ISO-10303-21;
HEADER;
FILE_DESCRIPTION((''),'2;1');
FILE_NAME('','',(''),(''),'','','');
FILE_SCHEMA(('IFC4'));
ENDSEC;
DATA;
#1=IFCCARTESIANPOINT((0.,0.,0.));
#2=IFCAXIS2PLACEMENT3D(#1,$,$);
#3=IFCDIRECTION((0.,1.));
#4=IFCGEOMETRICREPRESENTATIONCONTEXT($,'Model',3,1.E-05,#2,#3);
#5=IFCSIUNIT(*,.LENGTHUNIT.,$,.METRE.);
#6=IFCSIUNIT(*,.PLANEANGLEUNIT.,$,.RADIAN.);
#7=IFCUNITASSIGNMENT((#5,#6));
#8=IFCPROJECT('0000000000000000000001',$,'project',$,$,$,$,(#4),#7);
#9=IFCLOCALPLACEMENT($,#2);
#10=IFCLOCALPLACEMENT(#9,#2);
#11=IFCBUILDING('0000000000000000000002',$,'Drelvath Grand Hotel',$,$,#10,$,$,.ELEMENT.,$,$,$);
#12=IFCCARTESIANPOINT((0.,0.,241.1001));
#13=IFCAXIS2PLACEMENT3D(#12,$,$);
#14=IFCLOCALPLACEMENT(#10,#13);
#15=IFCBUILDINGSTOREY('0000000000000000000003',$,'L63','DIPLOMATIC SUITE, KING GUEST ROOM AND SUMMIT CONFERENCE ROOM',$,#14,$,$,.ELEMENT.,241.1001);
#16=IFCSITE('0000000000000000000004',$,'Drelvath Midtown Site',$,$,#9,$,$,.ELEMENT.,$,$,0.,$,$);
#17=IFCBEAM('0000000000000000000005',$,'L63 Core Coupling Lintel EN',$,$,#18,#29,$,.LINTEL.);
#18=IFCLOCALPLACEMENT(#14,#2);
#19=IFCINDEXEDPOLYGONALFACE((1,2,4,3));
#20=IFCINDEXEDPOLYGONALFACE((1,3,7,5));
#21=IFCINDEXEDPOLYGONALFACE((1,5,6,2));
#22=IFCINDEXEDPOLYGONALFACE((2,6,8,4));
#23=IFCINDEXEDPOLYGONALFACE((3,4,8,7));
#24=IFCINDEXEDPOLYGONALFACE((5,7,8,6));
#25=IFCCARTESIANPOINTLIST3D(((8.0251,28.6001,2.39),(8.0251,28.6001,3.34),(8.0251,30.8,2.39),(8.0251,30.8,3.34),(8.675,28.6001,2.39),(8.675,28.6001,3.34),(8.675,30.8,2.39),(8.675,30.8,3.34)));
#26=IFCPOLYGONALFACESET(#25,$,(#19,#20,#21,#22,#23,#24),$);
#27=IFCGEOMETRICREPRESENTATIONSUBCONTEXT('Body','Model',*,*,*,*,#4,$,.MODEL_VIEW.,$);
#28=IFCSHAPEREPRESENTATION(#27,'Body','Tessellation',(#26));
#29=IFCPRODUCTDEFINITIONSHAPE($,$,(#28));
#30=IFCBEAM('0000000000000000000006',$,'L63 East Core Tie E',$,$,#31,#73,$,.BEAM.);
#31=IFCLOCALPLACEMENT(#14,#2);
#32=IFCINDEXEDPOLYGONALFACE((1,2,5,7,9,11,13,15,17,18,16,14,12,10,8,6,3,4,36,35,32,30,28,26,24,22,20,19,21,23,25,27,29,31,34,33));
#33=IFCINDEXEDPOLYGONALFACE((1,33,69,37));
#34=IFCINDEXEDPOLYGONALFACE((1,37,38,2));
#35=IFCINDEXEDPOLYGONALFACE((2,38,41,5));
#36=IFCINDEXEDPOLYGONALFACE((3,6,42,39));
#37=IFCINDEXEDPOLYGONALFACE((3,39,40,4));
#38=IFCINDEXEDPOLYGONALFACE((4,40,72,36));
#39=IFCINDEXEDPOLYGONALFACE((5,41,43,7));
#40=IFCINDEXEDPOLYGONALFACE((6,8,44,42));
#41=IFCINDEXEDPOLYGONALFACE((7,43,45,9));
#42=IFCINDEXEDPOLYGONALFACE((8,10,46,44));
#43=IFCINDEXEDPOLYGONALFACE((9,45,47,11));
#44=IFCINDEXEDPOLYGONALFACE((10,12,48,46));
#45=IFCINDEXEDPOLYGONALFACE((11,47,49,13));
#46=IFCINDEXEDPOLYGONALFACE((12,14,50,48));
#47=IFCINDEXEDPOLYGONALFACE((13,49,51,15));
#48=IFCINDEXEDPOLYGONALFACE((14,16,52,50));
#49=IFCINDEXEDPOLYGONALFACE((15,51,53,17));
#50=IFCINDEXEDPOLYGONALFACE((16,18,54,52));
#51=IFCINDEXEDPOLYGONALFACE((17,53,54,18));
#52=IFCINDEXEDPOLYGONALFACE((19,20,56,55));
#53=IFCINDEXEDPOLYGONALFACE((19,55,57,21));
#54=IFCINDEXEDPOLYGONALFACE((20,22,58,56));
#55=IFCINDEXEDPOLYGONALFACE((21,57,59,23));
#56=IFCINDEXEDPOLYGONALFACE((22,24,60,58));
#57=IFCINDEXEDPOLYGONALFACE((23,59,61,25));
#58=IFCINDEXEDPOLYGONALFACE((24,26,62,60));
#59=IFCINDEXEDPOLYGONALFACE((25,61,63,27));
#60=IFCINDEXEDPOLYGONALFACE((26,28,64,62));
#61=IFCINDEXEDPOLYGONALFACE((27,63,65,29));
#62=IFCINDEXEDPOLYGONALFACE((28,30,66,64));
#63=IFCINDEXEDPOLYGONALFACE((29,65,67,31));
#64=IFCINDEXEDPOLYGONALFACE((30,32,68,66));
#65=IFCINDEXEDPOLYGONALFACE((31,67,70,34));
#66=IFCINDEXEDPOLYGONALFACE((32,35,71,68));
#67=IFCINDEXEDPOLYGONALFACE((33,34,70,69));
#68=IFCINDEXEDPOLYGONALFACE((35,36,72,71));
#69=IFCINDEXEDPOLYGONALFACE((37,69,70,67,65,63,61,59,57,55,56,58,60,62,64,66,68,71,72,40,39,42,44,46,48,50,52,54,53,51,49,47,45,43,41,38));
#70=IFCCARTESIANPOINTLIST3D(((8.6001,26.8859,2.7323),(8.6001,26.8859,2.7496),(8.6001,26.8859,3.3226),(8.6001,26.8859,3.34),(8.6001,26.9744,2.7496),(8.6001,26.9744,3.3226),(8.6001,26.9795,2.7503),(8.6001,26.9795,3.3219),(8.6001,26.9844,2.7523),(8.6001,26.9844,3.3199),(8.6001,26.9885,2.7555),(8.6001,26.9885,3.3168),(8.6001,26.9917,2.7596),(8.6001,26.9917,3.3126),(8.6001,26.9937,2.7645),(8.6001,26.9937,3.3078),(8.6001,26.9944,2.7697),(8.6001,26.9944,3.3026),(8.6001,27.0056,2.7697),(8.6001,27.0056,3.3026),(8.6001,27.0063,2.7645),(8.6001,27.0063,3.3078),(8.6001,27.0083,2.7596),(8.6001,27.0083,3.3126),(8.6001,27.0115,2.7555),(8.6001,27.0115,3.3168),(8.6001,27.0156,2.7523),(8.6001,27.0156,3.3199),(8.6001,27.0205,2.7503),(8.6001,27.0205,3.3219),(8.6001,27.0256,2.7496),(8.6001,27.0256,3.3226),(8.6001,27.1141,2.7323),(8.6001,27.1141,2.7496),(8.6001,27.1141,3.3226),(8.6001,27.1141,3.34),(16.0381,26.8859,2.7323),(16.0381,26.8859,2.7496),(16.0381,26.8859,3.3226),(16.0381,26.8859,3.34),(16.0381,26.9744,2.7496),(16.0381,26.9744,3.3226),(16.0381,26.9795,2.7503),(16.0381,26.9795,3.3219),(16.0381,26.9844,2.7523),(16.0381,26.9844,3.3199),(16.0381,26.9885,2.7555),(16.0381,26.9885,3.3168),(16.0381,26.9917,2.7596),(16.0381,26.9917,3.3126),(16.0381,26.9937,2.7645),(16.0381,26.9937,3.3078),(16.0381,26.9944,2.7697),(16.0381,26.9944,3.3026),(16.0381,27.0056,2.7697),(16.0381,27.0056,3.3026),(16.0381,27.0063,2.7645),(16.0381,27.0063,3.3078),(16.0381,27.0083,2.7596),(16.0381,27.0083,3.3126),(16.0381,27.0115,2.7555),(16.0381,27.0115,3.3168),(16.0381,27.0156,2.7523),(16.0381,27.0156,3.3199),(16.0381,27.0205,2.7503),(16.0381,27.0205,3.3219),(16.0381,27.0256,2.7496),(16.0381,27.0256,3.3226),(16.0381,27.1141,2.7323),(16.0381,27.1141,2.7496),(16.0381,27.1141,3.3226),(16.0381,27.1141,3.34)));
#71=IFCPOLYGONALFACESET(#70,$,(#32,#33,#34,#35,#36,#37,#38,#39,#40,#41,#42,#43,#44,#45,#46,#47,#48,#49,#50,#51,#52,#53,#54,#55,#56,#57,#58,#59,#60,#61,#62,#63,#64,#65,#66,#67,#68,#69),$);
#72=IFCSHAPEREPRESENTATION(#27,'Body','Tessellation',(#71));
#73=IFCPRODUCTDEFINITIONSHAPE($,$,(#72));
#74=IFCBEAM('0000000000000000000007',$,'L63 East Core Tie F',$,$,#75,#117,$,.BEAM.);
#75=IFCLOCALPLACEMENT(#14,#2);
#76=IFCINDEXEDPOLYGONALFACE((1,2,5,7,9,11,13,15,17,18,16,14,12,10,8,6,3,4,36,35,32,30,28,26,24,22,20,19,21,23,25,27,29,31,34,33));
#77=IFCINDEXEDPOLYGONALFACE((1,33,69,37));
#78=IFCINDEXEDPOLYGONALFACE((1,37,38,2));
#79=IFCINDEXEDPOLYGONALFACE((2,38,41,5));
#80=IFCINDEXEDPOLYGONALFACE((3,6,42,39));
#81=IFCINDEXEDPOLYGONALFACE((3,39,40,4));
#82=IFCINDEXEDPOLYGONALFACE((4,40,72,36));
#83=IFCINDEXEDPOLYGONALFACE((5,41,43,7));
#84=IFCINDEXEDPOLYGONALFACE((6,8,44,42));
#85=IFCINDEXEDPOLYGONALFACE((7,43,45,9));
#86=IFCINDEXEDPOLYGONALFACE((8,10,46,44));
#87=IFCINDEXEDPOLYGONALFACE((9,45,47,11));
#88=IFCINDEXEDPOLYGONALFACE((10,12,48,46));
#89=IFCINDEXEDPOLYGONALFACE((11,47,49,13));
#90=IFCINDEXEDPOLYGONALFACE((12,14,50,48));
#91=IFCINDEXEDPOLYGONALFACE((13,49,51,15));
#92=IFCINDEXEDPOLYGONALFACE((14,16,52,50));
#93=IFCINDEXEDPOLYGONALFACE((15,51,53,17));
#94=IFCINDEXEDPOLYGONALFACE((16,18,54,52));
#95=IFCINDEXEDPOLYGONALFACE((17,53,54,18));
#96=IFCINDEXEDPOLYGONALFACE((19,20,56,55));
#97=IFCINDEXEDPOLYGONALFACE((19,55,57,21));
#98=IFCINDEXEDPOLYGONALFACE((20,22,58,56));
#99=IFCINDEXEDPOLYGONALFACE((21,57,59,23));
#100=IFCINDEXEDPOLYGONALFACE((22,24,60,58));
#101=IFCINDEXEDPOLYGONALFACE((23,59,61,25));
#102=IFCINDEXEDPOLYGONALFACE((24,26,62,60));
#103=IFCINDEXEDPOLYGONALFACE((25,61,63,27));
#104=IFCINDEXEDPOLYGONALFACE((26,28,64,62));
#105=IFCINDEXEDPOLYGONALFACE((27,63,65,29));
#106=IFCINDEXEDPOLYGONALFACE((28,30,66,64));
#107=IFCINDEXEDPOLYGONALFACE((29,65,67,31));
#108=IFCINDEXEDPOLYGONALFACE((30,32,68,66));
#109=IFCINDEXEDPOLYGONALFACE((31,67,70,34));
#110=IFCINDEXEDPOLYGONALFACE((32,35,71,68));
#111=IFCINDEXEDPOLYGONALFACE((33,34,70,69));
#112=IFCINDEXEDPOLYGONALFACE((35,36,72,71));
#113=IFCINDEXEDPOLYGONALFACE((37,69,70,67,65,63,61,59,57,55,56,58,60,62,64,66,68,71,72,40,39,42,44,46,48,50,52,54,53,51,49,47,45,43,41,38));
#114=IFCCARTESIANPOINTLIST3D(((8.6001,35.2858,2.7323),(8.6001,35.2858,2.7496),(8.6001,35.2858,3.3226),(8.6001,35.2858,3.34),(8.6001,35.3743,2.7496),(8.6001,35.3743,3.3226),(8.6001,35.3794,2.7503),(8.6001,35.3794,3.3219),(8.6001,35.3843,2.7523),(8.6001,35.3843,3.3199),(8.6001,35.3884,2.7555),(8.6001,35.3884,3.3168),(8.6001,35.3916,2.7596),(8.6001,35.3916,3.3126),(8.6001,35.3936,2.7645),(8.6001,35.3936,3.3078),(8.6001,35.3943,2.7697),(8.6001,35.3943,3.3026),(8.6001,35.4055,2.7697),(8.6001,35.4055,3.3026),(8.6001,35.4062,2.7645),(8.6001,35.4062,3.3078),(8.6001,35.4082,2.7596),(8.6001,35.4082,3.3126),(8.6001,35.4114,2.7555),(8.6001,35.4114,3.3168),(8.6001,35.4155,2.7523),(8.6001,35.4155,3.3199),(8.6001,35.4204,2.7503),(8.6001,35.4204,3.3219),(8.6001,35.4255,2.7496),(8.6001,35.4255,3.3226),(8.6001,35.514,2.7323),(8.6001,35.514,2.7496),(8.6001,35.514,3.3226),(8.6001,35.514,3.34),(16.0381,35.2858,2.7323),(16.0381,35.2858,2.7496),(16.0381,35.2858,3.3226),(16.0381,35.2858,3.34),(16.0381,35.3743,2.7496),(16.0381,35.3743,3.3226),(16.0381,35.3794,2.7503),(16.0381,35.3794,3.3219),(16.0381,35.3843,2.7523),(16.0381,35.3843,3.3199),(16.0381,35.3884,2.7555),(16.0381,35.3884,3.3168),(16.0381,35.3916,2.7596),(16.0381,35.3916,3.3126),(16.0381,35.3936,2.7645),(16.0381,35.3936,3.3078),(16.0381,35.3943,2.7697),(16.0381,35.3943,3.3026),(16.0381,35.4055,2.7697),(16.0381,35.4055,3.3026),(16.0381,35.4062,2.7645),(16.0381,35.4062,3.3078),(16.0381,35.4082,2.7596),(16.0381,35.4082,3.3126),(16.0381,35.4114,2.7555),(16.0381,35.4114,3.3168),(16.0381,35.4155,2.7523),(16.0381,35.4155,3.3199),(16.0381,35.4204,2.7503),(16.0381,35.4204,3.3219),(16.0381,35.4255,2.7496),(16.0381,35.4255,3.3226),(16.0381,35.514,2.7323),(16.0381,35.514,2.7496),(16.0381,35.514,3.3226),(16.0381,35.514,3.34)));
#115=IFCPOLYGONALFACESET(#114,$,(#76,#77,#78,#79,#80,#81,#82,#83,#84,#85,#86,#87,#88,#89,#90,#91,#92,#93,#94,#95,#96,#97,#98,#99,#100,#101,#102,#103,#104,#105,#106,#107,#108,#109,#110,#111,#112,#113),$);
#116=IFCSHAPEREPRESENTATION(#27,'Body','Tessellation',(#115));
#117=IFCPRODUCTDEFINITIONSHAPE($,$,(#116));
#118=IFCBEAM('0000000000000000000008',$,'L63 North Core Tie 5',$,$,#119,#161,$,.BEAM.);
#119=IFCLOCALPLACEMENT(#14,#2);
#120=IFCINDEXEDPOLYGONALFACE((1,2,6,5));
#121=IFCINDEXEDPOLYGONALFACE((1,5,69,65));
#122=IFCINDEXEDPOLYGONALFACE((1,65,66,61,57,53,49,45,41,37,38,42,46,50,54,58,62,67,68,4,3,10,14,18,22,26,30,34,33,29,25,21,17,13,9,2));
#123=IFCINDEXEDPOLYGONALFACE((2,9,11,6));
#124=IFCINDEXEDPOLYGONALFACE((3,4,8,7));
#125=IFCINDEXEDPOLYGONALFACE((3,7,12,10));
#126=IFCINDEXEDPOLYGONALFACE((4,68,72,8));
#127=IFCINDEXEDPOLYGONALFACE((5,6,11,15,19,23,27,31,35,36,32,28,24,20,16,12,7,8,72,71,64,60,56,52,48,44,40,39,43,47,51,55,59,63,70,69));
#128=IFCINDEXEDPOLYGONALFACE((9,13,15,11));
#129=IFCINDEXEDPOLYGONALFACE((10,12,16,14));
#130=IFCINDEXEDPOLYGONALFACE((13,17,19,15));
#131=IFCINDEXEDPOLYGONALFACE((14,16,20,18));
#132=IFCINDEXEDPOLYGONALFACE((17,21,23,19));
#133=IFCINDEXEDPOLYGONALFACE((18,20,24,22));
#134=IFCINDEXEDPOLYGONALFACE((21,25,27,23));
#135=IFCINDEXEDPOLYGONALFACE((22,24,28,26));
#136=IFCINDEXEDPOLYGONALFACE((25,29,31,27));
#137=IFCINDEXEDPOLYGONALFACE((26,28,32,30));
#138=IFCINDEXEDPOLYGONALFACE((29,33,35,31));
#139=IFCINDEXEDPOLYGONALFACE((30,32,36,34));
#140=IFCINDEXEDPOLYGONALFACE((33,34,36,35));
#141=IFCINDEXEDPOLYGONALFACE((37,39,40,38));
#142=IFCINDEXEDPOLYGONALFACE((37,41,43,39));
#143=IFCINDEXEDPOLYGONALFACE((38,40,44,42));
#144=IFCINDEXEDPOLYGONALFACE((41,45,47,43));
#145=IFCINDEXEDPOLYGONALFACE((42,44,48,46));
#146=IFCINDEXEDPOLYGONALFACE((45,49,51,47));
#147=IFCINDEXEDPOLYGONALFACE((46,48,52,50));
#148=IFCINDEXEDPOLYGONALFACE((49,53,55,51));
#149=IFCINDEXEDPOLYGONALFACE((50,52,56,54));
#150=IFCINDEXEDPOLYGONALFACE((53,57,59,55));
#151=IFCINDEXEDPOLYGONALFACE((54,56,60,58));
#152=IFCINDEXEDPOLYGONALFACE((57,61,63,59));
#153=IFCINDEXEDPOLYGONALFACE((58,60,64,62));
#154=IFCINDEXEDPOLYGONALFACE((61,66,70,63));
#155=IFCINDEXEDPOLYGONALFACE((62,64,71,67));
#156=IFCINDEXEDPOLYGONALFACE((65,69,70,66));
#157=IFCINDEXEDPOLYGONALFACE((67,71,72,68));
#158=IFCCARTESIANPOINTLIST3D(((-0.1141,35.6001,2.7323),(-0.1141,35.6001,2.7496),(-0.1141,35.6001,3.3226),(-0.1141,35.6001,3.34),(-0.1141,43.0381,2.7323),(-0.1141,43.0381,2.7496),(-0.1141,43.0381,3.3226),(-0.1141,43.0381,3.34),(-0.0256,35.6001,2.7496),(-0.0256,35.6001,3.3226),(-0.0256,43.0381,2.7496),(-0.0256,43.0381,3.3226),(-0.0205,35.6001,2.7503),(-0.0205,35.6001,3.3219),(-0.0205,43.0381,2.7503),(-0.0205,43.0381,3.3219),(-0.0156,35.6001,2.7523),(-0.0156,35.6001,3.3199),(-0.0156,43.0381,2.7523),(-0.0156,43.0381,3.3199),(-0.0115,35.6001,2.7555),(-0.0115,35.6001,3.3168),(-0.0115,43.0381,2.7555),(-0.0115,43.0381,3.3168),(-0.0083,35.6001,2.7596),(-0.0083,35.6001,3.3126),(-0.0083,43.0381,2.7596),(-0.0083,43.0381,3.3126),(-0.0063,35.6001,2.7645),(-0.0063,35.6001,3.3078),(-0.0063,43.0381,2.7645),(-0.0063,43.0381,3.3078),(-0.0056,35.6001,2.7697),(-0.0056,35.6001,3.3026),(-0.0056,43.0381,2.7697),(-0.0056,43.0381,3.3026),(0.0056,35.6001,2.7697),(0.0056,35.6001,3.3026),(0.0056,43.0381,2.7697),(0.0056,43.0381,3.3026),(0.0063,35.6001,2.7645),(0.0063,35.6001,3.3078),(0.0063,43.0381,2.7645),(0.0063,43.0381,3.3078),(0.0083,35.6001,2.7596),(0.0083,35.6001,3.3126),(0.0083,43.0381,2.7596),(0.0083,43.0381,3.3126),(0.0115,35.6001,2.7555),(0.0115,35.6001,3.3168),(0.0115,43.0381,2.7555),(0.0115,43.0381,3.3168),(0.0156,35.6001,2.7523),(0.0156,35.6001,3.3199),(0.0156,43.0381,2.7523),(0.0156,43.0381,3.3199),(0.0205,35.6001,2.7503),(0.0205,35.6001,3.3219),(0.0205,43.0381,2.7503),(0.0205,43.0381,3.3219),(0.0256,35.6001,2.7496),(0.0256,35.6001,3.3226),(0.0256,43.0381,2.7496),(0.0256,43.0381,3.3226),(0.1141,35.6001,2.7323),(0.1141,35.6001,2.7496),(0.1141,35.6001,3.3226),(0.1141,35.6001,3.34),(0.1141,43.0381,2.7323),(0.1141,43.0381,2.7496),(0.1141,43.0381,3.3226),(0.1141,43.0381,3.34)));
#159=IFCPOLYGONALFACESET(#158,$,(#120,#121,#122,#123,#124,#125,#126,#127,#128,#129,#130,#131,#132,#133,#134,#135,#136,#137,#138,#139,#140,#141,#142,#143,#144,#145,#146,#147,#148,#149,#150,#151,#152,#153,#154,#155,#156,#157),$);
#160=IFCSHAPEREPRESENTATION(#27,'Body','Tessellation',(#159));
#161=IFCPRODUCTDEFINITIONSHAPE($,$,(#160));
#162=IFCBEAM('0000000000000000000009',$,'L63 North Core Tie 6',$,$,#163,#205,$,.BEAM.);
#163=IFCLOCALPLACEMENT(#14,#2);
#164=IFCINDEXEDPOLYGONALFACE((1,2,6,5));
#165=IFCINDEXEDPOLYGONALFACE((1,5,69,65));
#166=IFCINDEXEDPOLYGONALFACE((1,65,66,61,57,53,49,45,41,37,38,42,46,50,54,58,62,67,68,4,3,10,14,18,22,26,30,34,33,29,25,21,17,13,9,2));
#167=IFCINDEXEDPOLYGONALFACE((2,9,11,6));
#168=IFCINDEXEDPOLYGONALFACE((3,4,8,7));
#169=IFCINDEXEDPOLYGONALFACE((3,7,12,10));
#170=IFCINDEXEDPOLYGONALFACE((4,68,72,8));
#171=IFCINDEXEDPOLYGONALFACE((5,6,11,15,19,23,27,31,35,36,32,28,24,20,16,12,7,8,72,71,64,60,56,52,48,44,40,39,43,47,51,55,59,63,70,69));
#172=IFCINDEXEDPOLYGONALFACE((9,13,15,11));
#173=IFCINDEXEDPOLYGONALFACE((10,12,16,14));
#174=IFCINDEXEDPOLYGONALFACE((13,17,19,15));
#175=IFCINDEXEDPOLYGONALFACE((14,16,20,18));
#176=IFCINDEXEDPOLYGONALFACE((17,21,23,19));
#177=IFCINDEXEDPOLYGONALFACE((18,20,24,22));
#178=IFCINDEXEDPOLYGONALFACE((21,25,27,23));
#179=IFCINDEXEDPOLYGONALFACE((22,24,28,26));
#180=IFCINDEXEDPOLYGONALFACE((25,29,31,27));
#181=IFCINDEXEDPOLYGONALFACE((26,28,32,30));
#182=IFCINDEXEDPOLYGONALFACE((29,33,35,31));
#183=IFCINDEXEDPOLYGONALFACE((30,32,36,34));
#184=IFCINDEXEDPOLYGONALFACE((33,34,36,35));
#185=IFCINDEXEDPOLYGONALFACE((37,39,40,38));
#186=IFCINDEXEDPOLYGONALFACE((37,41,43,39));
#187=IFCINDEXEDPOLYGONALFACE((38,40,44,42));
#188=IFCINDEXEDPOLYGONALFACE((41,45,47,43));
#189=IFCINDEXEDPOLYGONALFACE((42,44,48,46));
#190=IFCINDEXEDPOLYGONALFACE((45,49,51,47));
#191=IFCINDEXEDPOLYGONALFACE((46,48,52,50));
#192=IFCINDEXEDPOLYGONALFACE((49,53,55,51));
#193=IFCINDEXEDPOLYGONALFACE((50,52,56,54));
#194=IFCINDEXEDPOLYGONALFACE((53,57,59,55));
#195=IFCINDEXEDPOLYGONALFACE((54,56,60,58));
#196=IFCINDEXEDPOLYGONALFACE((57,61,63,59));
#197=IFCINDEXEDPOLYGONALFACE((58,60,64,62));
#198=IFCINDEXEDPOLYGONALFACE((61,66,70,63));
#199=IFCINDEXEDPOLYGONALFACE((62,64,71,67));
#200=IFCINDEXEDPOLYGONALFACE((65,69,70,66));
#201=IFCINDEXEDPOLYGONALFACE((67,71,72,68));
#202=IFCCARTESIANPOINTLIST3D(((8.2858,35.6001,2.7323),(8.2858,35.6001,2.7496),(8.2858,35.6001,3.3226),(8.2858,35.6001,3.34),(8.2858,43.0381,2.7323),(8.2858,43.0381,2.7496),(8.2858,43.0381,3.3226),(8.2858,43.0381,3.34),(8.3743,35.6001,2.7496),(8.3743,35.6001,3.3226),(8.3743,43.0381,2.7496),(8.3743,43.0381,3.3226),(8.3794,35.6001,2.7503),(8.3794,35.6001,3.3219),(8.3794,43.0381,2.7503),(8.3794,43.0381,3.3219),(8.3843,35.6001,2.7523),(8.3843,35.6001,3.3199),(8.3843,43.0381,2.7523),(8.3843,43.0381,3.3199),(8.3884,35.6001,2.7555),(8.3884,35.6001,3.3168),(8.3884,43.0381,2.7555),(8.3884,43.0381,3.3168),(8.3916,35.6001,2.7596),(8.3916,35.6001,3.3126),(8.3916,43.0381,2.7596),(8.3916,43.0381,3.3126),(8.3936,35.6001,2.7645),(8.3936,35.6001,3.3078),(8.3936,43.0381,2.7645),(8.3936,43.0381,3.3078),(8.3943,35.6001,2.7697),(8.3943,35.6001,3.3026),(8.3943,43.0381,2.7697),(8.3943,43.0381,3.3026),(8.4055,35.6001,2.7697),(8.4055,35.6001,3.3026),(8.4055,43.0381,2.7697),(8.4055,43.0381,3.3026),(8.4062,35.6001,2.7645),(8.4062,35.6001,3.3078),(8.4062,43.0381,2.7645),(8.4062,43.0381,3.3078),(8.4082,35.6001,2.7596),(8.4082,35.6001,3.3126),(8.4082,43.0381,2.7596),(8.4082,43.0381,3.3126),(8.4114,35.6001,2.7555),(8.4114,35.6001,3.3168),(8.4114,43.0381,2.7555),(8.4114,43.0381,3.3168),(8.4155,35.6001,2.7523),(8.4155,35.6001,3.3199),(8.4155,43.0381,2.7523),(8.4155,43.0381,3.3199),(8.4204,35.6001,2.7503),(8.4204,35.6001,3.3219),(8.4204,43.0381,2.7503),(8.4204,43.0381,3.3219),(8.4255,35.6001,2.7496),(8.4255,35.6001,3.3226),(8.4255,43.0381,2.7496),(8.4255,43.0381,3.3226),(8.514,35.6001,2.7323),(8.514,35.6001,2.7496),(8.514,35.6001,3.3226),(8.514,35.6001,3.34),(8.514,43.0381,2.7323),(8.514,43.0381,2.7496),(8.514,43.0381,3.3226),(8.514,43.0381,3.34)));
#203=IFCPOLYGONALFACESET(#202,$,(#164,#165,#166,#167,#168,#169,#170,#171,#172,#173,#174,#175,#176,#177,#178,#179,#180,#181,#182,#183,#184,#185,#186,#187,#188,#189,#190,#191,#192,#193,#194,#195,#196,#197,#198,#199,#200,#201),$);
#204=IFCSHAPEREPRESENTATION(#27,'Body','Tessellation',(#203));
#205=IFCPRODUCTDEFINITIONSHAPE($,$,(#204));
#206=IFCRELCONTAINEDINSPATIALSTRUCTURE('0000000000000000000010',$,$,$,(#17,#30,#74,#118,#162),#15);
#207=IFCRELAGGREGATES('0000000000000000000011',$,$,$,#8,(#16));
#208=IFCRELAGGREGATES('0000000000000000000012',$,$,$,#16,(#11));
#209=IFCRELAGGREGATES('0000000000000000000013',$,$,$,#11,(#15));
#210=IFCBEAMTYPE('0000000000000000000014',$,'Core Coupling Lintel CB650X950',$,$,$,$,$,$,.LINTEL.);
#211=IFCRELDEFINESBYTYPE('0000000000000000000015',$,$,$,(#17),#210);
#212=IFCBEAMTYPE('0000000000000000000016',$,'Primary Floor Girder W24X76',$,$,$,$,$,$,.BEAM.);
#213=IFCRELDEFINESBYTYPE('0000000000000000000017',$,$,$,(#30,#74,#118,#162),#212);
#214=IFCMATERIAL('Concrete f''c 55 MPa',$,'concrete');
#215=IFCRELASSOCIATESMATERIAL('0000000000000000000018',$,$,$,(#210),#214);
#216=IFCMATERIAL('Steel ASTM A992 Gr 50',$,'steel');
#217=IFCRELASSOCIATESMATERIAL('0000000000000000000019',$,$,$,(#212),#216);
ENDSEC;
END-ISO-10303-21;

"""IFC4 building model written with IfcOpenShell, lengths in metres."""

from ifc_helpers import new_model, si_unit, direction, frame, origin, origin_2d, place, context, subcontext, project, spatial, rectangle, i_section, extrude, material, material_profile, profile_set, type_object, element, save


model = new_model("IFC4")

# Units and contexts
model_context = context("Model", 3, precision=1e-05, world=origin(), true_north=direction((0.0, 1.0)))
body_context = subcontext(model_context, "Body", "Model", "MODEL_VIEW")
ifc_project = project(units=[si_unit("LENGTHUNIT", "METRE"), si_unit("PLANEANGLEUNIT", "RADIAN")], contexts=[model_context])

# Site, building, storey
site_placement = place(None, origin())
site = spatial("IfcSite", under=ifc_project, at=site_placement, Name="Drelvath Midtown Site", CompositionType="ELEMENT", RefElevation=0.0)
building_placement = place(site_placement, origin())
building = spatial("IfcBuilding", under=site, at=building_placement, Name="Drelvath Grand Hotel", CompositionType="ELEMENT")
storey_placement = place(building_placement, frame((0.0, 0.0, 241.1001)))
storey = spatial("IfcBuildingStorey", under=building, at=storey_placement, Name="L63", Description="DIPLOMATIC SUITE, KING GUEST ROOM AND SUMMIT CONFERENCE ROOM", CompositionType="ELEMENT", Elevation=241.1001)

# Beams
ifc_material_1 = material(Name="Concrete f'c 55 MPa", Category="concrete")
ifc_material_profile_1 = material_profile(ifc_material_1, rectangle(XDim=0.6499, YDim=0.95, at=origin_2d()), Name="CB650X950")
ifc_profile_set_1 = profile_set([ifc_material_profile_1], Name="Concrete f'c 55 MPa")
beam_type_1 = type_object("IfcBeamType", Name="Core Coupling Lintel CB650X950", PredefinedType="LINTEL", material=ifc_profile_set_1)
beam_placement = place(storey_placement, frame((8.3501, 28.6001, 2.865), z_axis=(0.0, 1.0, 0.0), x_axis=(-1.0, 0.0, 0.0)))
element("IfcBeam", 1, at=beam_placement, inside=storey, type_object=beam_type_1, Name="L63 Core Coupling Lintel EN", PredefinedType="LINTEL", context=body_context, shape_type="SweptSolid", body=[
    extrude(rectangle(XDim=0.6499, YDim=0.95, at=origin_2d()), origin(), (0.0, 0.0, 1.0), 2.2),
])
ifc_material_2 = material(Name="Steel ASTM A992 Gr 50", Category="steel")
ifc_material_profile_2 = material_profile(ifc_material_2, i_section(OverallWidth=0.2283, OverallDepth=0.6077, WebThickness=0.0112, FlangeThickness=0.0173, FilletRadius=0.02, at=origin_2d()), Name="W24X76")
ifc_profile_set_2 = profile_set([ifc_material_profile_2], Name="Steel ASTM A992 Gr 50")
beam_type_2 = type_object("IfcBeamType", Name="Primary Floor Girder W24X76", PredefinedType="BEAM", material=ifc_profile_set_2)
for number, where, z_axis, x_axis, name in (
    (2, (8.6001, 27.0, 3.0361), (1.0, 0.0, 0.0), (0.0, 1.0, 0.0), "L63 East Core Tie E"),
    (3, (8.6001, 35.3999, 3.0361), (1.0, 0.0, 0.0), (0.0, 1.0, 0.0), "L63 East Core Tie F"),
    (4, (0.0, 35.6001, 3.0361), (0.0, 1.0, 0.0), (-1.0, 0.0, 0.0), "L63 North Core Tie 5"),
    (5, (8.3999, 35.6001, 3.0361), (0.0, 1.0, 0.0), (-1.0, 0.0, 0.0), "L63 North Core Tie 6"),
):
    element("IfcBeam", number, at=place(storey_placement, frame(where, z_axis=z_axis, x_axis=x_axis)), inside=storey, type_object=beam_type_2, Name=name, PredefinedType="BEAM", context=body_context, shape_type="SweptSolid", body=[
        extrude(i_section(OverallWidth=0.2283, OverallDepth=0.6077, WebThickness=0.0112, FlangeThickness=0.0173, FilletRadius=0.02, at=origin_2d()), origin(), (0.0, 0.0, 1.0), 7.438),
    ])

save(model, "model.ifc")
